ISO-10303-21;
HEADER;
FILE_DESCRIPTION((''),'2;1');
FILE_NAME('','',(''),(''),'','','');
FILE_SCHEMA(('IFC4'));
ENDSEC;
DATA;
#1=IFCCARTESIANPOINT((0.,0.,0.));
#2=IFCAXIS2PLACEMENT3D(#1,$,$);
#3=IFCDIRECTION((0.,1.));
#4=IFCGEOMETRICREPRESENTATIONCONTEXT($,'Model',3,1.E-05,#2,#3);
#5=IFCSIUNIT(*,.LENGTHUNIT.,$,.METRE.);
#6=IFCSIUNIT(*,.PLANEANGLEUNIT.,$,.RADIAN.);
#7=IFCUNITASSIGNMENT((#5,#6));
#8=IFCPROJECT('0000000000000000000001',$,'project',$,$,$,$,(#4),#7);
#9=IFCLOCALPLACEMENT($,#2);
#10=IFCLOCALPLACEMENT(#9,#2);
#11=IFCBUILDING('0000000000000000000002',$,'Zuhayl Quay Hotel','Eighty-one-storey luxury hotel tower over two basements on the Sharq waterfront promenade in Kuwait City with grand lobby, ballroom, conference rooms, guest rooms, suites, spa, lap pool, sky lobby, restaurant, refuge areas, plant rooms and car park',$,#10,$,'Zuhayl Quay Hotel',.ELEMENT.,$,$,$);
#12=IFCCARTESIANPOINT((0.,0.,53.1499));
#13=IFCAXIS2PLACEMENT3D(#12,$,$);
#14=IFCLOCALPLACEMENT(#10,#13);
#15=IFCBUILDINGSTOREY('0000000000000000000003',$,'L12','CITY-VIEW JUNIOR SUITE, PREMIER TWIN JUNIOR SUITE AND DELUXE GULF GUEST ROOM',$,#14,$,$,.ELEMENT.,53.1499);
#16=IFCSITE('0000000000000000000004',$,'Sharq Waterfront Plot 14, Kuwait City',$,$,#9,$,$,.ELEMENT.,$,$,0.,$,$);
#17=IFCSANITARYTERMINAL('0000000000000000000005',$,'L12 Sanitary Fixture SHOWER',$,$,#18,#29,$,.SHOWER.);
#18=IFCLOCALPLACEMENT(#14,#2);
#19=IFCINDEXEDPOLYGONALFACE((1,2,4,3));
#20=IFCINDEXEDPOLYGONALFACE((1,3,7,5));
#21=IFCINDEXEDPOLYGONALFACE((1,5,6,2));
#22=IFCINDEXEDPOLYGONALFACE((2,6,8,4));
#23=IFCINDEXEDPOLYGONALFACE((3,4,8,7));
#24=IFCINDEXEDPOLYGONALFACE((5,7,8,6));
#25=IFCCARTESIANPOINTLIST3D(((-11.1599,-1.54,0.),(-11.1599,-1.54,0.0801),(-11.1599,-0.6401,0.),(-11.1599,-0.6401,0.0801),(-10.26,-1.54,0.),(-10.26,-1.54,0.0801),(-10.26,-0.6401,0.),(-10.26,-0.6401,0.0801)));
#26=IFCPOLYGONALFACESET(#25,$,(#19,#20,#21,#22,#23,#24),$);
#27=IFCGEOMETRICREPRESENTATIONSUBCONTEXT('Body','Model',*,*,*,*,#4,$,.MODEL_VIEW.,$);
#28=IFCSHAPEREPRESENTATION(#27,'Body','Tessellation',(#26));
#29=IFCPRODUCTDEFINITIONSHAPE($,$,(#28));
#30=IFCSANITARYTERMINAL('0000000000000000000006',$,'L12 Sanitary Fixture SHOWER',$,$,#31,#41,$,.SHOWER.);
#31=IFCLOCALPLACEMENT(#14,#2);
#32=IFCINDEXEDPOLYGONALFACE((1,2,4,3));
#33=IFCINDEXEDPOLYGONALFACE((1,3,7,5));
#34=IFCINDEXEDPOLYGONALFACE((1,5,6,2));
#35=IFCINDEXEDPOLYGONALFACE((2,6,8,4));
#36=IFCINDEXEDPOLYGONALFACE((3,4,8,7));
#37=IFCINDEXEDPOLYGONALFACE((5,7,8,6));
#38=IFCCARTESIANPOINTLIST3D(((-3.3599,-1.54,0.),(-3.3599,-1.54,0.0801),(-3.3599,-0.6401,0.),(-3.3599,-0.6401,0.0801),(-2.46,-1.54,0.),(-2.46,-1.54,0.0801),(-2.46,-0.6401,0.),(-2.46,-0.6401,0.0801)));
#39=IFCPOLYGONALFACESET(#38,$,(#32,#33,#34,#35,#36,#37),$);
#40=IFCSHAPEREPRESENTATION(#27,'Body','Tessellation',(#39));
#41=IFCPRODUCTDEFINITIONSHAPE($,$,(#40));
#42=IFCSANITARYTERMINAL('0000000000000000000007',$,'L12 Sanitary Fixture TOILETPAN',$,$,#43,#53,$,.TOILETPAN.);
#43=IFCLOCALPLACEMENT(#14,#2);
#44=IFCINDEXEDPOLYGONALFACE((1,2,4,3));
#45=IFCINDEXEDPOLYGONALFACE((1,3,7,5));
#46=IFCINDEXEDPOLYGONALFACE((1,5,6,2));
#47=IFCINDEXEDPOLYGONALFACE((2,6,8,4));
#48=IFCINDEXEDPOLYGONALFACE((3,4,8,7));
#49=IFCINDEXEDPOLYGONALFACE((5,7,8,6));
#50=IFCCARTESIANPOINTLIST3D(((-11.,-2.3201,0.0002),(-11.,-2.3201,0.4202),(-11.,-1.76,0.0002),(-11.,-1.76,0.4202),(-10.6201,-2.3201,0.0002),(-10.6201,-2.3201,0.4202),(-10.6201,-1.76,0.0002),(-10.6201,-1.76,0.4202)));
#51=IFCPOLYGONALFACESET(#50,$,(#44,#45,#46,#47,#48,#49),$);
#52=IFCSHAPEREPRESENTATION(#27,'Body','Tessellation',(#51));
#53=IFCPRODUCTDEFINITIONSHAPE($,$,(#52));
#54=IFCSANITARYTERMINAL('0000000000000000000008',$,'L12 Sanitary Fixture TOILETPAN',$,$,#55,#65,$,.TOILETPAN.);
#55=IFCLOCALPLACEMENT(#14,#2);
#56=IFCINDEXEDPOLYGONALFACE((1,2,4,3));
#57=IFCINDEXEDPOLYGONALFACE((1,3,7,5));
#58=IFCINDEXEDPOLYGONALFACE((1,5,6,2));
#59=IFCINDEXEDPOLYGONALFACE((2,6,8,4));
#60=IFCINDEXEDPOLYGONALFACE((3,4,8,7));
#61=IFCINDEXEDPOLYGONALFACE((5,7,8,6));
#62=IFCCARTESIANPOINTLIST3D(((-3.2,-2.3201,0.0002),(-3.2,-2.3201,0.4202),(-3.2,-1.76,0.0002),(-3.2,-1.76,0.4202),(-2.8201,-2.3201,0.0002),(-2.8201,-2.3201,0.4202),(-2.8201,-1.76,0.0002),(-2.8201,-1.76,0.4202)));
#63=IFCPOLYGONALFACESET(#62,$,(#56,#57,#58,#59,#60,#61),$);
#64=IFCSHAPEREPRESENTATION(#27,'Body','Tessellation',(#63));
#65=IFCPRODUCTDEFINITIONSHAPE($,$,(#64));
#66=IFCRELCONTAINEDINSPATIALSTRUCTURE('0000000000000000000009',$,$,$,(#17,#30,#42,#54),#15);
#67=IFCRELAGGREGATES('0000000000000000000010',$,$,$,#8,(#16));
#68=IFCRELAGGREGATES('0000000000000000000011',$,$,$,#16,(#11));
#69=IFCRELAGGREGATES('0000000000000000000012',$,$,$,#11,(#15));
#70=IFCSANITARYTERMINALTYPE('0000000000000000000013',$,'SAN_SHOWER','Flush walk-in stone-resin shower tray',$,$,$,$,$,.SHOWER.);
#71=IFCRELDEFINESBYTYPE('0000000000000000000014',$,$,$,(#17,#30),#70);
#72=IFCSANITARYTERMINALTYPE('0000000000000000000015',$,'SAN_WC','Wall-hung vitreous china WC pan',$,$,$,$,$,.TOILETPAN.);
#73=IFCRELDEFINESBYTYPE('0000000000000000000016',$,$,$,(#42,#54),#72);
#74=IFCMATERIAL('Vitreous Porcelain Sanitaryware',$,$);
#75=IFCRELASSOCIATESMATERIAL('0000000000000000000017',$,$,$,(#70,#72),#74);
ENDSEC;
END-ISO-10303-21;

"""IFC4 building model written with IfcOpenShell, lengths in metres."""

from ifc_helpers import new_model, si_unit, direction, frame, origin, origin_2d, place, context, subcontext, project, spatial, rectangle, extrude, material, type_object, element, save


model = new_model("IFC4")

# Units and contexts
model_context = context("Model", 3, precision=1e-05, world=origin(), true_north=direction((0.0, 1.0)))
body_context = subcontext(model_context, "Body", "Model", "MODEL_VIEW")
ifc_project = project(units=[si_unit("LENGTHUNIT", "METRE"), si_unit("PLANEANGLEUNIT", "RADIAN")], contexts=[model_context])

# Site, building, storey
site_placement = place(None, origin())
site = spatial("IfcSite", under=ifc_project, at=site_placement, Name="Sharq Waterfront Plot 14, Kuwait City", CompositionType="ELEMENT", RefElevation=0.0)
building_placement = place(site_placement, origin())
building = spatial("IfcBuilding", under=site, at=building_placement, Name="Zuhayl Quay Hotel", Description="Eighty-one-storey luxury hotel tower over two basements on the Sharq waterfront promenade in Kuwait City with grand lobby, ballroom, conference rooms, guest rooms, suites, spa, lap pool, sky lobby, restaurant, refuge areas, plant rooms and car park", LongName="Zuhayl Quay Hotel", CompositionType="ELEMENT")
storey_placement = place(building_placement, frame((0.0, 0.0, 53.1499)))
storey = spatial("IfcBuildingStorey", under=building, at=storey_placement, Name="L12", Description="CITY-VIEW JUNIOR SUITE, PREMIER TWIN JUNIOR SUITE AND DELUXE GULF GUEST ROOM", CompositionType="ELEMENT", Elevation=53.1499)

# Sanitary terminals
ifc_material_1 = material(Name="Vitreous Porcelain Sanitaryware")
sanitary_terminal_type_1 = type_object("IfcSanitaryTerminalType", Name="SAN_SHOWER", Description="Flush walk-in stone-resin shower tray", PredefinedType="SHOWER", material=ifc_material_1)
for number, where, z_axis, x_axis, name in (
    (1, (-10.71, -1.0901, 0.0), (0.0, 0.0, 1.0), (1.0, 0.0, 0.0), "L12 Sanitary Fixture SHOWER"),
    (2, (-2.9099, -1.0901, 0.0), (0.0, 0.0, 1.0), (1.0, 0.0, 0.0), "L12 Sanitary Fixture SHOWER"),
):
    element("IfcSanitaryTerminal", number, at=place(storey_placement, frame(where, z_axis=z_axis, x_axis=x_axis)), inside=storey, type_object=sanitary_terminal_type_1, Name=name, PredefinedType="SHOWER", context=body_context, shape_type="SweptSolid", body=[
        extrude(rectangle(XDim=0.8999, YDim=0.8999, at=origin_2d()), origin(), (0.0, 0.0, 1.0), 0.0801),
    ])
sanitary_terminal_type_2 = type_object("IfcSanitaryTerminalType", Name="SAN_WC", Description="Wall-hung vitreous china WC pan", PredefinedType="TOILETPAN", material=ifc_material_1)
for number, where, z_axis, x_axis, name in (
    (3, (-10.8101, -2.04, 0.0002), (0.0, 0.0, 1.0), (1.0, 0.0, 0.0), "L12 Sanitary Fixture TOILETPAN"),
    (4, (-3.01, -2.04, 0.0002), (0.0, 0.0, 1.0), (1.0, 0.0, 0.0), "L12 Sanitary Fixture TOILETPAN"),
):
    element("IfcSanitaryTerminal", number, at=place(storey_placement, frame(where, z_axis=z_axis, x_axis=x_axis)), inside=storey, type_object=sanitary_terminal_type_2, Name=name, PredefinedType="TOILETPAN", context=body_context, shape_type="SweptSolid", body=[
        extrude(rectangle(XDim=0.3799, YDim=0.5601, at=origin_2d()), origin(), (0.0, 0.0, 1.0), 0.4199),
    ])

save(model, "model.ifc")
